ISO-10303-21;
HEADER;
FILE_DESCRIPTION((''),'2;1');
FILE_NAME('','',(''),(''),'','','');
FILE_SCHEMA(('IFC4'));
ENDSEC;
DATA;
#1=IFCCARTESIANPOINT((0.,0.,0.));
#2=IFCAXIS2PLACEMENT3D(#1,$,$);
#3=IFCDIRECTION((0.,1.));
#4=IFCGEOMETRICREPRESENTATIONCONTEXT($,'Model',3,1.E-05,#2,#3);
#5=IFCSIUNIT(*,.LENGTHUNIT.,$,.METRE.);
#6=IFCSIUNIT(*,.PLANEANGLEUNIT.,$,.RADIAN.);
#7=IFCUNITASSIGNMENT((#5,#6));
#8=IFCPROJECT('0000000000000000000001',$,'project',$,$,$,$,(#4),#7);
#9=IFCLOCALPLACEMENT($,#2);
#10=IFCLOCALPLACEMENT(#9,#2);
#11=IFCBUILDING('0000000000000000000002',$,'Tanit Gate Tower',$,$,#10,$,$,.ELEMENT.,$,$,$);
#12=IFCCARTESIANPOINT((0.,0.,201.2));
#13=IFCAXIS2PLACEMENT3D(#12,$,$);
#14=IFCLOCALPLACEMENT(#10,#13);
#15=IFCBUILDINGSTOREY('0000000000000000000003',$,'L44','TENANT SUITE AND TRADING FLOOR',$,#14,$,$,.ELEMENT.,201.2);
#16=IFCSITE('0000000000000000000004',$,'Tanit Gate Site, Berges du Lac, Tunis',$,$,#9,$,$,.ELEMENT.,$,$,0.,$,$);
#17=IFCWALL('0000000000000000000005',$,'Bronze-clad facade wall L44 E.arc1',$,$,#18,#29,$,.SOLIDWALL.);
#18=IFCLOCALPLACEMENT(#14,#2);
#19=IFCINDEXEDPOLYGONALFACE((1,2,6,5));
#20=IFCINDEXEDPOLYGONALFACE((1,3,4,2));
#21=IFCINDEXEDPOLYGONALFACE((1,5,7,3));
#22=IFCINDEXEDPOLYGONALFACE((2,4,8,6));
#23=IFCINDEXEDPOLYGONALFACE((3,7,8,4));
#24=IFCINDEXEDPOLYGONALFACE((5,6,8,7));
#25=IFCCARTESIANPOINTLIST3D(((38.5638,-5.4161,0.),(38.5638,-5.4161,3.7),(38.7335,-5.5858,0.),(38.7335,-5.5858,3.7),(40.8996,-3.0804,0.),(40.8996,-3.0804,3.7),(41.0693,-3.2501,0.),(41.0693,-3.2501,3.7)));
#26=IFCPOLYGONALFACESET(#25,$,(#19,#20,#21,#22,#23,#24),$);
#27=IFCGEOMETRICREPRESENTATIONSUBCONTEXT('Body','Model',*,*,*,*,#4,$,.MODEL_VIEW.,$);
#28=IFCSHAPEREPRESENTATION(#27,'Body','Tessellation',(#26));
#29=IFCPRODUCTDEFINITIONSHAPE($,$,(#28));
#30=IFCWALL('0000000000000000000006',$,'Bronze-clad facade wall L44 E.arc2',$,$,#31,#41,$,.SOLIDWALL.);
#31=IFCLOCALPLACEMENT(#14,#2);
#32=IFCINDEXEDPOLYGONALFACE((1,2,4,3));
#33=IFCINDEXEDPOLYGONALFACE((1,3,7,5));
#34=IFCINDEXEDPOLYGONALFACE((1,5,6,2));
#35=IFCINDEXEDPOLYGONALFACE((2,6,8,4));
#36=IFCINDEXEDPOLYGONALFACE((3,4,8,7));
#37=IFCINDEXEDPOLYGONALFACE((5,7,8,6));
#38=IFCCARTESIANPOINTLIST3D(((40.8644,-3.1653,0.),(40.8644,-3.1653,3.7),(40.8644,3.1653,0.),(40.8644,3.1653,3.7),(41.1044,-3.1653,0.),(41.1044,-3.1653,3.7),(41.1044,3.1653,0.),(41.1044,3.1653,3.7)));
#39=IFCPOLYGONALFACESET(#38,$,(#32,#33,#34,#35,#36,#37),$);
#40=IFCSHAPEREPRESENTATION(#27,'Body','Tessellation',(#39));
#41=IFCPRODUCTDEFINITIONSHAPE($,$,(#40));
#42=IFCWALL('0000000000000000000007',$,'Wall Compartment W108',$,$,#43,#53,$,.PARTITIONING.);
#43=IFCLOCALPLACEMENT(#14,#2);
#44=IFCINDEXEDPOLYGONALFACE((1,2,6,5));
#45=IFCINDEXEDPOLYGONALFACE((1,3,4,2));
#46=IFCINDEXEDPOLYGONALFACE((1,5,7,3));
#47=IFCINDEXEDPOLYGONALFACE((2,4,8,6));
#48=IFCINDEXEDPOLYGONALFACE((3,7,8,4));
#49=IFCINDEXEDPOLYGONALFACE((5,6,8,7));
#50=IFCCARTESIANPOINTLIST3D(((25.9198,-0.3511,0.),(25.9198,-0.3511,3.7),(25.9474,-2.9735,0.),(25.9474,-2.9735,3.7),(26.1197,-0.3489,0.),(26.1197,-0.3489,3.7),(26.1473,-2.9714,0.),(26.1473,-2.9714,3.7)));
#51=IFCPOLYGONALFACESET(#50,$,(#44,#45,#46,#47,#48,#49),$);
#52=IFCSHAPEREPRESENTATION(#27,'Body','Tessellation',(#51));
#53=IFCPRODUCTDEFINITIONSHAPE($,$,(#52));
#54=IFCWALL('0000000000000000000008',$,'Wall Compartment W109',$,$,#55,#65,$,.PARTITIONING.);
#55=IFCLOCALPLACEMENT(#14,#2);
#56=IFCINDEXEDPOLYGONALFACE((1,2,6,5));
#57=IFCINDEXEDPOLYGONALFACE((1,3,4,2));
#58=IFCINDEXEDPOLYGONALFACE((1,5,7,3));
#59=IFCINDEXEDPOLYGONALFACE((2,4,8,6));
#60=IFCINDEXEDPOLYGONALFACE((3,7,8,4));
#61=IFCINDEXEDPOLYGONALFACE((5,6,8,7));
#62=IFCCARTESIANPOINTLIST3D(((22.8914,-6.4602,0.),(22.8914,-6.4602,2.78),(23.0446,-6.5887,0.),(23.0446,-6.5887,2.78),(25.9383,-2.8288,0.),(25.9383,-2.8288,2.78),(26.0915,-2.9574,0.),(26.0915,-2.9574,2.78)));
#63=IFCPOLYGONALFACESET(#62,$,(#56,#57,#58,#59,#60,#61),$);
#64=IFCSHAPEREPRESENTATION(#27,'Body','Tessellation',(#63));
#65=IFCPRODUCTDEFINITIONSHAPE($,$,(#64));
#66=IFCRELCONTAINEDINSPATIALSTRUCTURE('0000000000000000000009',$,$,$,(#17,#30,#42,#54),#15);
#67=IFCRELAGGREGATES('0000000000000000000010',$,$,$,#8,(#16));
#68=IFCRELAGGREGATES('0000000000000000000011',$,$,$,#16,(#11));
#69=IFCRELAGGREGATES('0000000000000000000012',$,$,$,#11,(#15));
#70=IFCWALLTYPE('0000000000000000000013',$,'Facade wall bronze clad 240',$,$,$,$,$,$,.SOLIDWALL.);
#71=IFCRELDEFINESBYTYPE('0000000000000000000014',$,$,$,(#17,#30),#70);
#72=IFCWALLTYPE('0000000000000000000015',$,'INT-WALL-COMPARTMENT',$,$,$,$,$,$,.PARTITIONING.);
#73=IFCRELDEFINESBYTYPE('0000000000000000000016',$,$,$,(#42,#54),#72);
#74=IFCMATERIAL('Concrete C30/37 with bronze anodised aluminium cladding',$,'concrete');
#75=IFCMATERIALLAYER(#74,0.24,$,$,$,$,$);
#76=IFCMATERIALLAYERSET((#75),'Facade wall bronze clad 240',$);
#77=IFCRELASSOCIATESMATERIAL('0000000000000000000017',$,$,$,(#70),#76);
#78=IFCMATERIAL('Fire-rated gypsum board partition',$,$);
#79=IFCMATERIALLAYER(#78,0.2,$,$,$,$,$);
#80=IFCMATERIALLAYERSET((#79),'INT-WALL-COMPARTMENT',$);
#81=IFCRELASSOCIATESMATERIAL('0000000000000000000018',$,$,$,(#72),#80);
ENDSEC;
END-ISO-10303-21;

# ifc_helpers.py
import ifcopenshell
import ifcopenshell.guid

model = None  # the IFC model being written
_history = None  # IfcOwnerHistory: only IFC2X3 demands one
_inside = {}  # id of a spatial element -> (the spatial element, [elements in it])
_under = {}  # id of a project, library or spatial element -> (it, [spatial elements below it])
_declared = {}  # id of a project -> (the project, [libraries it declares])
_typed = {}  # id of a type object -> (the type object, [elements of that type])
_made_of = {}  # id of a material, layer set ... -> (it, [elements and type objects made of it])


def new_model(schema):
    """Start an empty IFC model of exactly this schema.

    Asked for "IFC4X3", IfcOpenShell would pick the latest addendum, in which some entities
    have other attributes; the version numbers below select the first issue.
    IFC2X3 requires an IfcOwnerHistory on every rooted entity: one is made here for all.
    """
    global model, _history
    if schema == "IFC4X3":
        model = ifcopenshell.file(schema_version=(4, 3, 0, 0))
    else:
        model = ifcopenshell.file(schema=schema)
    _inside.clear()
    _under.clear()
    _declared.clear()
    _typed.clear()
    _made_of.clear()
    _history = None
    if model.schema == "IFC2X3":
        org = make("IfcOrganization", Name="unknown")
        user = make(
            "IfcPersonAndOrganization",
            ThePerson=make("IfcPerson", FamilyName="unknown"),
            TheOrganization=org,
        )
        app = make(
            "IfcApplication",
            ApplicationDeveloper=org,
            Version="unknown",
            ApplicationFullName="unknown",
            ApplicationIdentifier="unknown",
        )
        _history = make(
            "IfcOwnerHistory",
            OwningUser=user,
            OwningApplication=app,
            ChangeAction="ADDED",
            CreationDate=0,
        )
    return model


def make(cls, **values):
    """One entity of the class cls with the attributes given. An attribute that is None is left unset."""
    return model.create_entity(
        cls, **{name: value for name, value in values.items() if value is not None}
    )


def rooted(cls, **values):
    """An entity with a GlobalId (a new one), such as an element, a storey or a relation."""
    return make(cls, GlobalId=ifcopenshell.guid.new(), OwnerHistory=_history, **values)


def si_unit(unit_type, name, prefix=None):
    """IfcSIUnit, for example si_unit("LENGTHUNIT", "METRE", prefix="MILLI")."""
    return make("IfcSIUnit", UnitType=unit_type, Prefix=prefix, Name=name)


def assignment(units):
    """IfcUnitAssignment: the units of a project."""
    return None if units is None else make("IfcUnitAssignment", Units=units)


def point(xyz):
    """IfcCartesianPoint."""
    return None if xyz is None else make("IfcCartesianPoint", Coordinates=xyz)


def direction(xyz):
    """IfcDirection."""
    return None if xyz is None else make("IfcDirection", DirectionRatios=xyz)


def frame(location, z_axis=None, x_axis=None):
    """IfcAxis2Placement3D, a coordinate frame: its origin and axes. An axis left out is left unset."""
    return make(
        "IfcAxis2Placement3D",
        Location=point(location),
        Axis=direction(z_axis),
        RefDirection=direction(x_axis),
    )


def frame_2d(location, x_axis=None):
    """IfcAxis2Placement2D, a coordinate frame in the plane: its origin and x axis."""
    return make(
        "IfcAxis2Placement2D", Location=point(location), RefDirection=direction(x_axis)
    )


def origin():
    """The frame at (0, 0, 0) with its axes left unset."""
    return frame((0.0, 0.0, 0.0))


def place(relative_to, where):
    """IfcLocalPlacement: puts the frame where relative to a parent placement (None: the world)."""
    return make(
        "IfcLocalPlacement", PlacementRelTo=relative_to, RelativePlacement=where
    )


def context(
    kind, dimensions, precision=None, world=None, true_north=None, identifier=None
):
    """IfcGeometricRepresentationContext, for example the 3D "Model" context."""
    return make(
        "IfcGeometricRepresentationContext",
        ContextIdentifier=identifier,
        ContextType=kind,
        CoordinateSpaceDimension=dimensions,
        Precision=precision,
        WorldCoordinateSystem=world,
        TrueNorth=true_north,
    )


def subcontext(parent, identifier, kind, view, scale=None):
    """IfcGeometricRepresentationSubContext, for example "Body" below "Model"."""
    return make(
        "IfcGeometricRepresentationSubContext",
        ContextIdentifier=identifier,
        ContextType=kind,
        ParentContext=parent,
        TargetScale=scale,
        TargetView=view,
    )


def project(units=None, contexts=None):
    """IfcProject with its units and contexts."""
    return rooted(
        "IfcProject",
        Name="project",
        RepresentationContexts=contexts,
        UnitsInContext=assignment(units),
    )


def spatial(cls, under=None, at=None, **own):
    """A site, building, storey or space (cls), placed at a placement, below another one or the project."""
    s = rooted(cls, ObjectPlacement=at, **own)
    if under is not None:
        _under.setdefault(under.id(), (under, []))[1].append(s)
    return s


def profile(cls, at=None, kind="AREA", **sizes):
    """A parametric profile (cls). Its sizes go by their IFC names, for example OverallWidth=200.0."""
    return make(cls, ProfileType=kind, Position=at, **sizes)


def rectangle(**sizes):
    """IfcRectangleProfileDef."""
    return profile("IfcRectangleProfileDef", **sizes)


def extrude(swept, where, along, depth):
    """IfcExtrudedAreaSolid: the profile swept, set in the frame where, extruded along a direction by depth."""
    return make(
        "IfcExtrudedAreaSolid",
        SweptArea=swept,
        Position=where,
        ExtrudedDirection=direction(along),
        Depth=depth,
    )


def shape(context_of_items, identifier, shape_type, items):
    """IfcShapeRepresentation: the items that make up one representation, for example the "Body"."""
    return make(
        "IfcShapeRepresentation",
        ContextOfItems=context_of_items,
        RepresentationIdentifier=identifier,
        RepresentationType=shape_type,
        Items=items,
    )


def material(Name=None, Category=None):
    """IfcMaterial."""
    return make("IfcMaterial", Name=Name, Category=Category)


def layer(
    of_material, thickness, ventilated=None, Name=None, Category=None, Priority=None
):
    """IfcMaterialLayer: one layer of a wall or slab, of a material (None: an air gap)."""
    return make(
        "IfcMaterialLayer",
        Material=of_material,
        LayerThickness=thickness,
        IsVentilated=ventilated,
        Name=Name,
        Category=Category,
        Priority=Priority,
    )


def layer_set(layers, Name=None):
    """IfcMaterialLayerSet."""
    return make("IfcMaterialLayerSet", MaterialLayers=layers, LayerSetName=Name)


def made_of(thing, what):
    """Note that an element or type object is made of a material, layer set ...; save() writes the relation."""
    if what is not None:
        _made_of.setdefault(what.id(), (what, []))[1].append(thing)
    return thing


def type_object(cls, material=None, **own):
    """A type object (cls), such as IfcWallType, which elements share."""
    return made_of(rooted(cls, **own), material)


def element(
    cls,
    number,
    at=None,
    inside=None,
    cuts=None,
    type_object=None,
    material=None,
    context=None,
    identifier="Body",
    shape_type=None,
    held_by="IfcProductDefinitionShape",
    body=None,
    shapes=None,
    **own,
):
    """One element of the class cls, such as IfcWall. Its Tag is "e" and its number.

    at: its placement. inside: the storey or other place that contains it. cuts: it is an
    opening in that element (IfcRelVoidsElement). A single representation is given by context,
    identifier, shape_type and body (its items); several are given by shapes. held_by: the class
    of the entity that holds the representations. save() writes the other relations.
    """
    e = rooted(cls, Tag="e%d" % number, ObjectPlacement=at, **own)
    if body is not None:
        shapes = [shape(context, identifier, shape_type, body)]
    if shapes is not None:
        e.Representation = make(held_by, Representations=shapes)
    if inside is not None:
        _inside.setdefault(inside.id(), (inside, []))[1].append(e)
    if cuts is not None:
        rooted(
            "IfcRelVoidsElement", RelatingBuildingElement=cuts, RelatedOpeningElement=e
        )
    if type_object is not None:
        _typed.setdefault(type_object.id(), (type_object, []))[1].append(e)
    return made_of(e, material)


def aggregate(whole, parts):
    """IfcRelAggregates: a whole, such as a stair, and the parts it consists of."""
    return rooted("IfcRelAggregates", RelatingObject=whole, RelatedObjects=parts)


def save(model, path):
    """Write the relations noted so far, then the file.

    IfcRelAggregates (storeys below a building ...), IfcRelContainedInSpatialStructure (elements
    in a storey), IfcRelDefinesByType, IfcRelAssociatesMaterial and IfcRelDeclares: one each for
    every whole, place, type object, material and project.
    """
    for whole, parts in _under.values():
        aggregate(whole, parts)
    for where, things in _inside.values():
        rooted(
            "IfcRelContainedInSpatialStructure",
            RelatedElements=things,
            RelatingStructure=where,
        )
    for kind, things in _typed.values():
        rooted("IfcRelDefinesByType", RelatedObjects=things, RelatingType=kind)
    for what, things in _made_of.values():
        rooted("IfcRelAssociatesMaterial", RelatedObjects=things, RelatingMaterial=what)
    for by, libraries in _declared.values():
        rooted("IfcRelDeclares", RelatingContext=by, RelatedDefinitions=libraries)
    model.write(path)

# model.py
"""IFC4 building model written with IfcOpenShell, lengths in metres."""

from ifc_helpers import new_model, si_unit, direction, frame, frame_2d, origin, place, context, subcontext, project, spatial, rectangle, extrude, material, layer, layer_set, type_object, element, save


model = new_model("IFC4")

# Units and contexts
model_context = context("Model", 3, precision=1e-05, world=origin(), true_north=direction((0.0, 1.0)))
body_context = subcontext(model_context, "Body", "Model", "MODEL_VIEW")
ifc_project = project(units=[si_unit("LENGTHUNIT", "METRE"), si_unit("PLANEANGLEUNIT", "RADIAN")], contexts=[model_context])

# Site, building, storey
site_placement = place(None, origin())
site = spatial("IfcSite", under=ifc_project, at=site_placement, Name="Tanit Gate Site, Berges du Lac, Tunis", CompositionType="ELEMENT", RefElevation=0.0)
building_placement = place(site_placement, origin())
building = spatial("IfcBuilding", under=site, at=building_placement, Name="Tanit Gate Tower", CompositionType="ELEMENT")
storey_placement = place(building_placement, frame((0.0, 0.0, 201.2)))
storey = spatial("IfcBuildingStorey", under=building, at=storey_placement, Name="L44", Description="TENANT SUITE AND TRADING FLOOR", CompositionType="ELEMENT", Elevation=201.2)

# Walls
ifc_material_1 = material(Name="Concrete C30/37 with bronze anodised aluminium cladding", Category="concrete")
ifc_layer_1 = layer(ifc_material_1, 0.24)
ifc_layer_set_1 = layer_set([ifc_layer_1], Name="Facade wall bronze clad 240")
wall_type_1 = type_object("IfcWallType", Name="Facade wall bronze clad 240", PredefinedType="SOLIDWALL", material=ifc_layer_set_1)
wall_1_placement = place(storey_placement, frame((38.6487, -5.501, 0.0), z_axis=(0.0, 0.0, 1.0), x_axis=(0.707107, 0.707107, 0.0)))
element("IfcWall", 1, at=wall_1_placement, inside=storey, type_object=wall_type_1, Name="Bronze-clad facade wall L44 E.arc1", PredefinedType="SOLIDWALL", context=body_context, shape_type="SweptSolid", body=[
    extrude(rectangle(XDim=3.3032, YDim=0.24, at=frame_2d((1.6516, 0.0))), origin(), (0.0, 0.0, 1.0), 3.7),
])
wall_2_placement = place(storey_placement, frame((40.9844, -3.1653, 0.0), z_axis=(0.0, 0.0, 1.0), x_axis=(0.0, 1.0, 0.0)))
element("IfcWall", 2, at=wall_2_placement, inside=storey, type_object=wall_type_1, Name="Bronze-clad facade wall L44 E.arc2", PredefinedType="SOLIDWALL", context=body_context, shape_type="SweptSolid", body=[
    extrude(rectangle(XDim=6.3306, YDim=0.24, at=frame_2d((3.1653, 0.0))), origin(), (0.0, 0.0, 1.0), 3.7),
])
ifc_material_2 = material(Name="Fire-rated gypsum board partition")
ifc_layer_2 = layer(ifc_material_2, 0.2)
ifc_layer_set_2 = layer_set([ifc_layer_2], Name="INT-WALL-COMPARTMENT")
wall_type_2 = type_object("IfcWallType", Name="INT-WALL-COMPARTMENT", PredefinedType="PARTITIONING", material=ifc_layer_set_2)
wall_3_placement = place(storey_placement, frame((26.0474, -2.9724, 0.0), z_axis=(0.0, 0.0, 1.0), x_axis=(-0.01052, 0.999945, 0.0)))
element("IfcWall", 3, at=wall_3_placement, inside=storey, type_object=wall_type_2, Name="Wall Compartment W108", PredefinedType="PARTITIONING", context=body_context, shape_type="SweptSolid", body=[
    extrude(rectangle(XDim=2.6226, YDim=0.2, at=frame_2d((1.3113, 0.0))), origin(), (0.0, 0.0, 1.0), 3.7),
])
wall_4_placement = place(storey_placement, frame((22.968, -6.5244, 0.0), z_axis=(0.0, 0.0, 1.0), x_axis=(0.642764, 0.766064, 0.0)))
element("IfcWall", 4, at=wall_4_placement, inside=storey, type_object=wall_type_2, Name="Wall Compartment W109", PredefinedType="PARTITIONING", context=body_context, shape_type="SweptSolid", body=[
    extrude(rectangle(XDim=4.7402, YDim=0.2, at=frame_2d((2.3701, 0.0))), origin(), (0.0, 0.0, 1.0), 2.78),
])

save(model, "model.ifc")
